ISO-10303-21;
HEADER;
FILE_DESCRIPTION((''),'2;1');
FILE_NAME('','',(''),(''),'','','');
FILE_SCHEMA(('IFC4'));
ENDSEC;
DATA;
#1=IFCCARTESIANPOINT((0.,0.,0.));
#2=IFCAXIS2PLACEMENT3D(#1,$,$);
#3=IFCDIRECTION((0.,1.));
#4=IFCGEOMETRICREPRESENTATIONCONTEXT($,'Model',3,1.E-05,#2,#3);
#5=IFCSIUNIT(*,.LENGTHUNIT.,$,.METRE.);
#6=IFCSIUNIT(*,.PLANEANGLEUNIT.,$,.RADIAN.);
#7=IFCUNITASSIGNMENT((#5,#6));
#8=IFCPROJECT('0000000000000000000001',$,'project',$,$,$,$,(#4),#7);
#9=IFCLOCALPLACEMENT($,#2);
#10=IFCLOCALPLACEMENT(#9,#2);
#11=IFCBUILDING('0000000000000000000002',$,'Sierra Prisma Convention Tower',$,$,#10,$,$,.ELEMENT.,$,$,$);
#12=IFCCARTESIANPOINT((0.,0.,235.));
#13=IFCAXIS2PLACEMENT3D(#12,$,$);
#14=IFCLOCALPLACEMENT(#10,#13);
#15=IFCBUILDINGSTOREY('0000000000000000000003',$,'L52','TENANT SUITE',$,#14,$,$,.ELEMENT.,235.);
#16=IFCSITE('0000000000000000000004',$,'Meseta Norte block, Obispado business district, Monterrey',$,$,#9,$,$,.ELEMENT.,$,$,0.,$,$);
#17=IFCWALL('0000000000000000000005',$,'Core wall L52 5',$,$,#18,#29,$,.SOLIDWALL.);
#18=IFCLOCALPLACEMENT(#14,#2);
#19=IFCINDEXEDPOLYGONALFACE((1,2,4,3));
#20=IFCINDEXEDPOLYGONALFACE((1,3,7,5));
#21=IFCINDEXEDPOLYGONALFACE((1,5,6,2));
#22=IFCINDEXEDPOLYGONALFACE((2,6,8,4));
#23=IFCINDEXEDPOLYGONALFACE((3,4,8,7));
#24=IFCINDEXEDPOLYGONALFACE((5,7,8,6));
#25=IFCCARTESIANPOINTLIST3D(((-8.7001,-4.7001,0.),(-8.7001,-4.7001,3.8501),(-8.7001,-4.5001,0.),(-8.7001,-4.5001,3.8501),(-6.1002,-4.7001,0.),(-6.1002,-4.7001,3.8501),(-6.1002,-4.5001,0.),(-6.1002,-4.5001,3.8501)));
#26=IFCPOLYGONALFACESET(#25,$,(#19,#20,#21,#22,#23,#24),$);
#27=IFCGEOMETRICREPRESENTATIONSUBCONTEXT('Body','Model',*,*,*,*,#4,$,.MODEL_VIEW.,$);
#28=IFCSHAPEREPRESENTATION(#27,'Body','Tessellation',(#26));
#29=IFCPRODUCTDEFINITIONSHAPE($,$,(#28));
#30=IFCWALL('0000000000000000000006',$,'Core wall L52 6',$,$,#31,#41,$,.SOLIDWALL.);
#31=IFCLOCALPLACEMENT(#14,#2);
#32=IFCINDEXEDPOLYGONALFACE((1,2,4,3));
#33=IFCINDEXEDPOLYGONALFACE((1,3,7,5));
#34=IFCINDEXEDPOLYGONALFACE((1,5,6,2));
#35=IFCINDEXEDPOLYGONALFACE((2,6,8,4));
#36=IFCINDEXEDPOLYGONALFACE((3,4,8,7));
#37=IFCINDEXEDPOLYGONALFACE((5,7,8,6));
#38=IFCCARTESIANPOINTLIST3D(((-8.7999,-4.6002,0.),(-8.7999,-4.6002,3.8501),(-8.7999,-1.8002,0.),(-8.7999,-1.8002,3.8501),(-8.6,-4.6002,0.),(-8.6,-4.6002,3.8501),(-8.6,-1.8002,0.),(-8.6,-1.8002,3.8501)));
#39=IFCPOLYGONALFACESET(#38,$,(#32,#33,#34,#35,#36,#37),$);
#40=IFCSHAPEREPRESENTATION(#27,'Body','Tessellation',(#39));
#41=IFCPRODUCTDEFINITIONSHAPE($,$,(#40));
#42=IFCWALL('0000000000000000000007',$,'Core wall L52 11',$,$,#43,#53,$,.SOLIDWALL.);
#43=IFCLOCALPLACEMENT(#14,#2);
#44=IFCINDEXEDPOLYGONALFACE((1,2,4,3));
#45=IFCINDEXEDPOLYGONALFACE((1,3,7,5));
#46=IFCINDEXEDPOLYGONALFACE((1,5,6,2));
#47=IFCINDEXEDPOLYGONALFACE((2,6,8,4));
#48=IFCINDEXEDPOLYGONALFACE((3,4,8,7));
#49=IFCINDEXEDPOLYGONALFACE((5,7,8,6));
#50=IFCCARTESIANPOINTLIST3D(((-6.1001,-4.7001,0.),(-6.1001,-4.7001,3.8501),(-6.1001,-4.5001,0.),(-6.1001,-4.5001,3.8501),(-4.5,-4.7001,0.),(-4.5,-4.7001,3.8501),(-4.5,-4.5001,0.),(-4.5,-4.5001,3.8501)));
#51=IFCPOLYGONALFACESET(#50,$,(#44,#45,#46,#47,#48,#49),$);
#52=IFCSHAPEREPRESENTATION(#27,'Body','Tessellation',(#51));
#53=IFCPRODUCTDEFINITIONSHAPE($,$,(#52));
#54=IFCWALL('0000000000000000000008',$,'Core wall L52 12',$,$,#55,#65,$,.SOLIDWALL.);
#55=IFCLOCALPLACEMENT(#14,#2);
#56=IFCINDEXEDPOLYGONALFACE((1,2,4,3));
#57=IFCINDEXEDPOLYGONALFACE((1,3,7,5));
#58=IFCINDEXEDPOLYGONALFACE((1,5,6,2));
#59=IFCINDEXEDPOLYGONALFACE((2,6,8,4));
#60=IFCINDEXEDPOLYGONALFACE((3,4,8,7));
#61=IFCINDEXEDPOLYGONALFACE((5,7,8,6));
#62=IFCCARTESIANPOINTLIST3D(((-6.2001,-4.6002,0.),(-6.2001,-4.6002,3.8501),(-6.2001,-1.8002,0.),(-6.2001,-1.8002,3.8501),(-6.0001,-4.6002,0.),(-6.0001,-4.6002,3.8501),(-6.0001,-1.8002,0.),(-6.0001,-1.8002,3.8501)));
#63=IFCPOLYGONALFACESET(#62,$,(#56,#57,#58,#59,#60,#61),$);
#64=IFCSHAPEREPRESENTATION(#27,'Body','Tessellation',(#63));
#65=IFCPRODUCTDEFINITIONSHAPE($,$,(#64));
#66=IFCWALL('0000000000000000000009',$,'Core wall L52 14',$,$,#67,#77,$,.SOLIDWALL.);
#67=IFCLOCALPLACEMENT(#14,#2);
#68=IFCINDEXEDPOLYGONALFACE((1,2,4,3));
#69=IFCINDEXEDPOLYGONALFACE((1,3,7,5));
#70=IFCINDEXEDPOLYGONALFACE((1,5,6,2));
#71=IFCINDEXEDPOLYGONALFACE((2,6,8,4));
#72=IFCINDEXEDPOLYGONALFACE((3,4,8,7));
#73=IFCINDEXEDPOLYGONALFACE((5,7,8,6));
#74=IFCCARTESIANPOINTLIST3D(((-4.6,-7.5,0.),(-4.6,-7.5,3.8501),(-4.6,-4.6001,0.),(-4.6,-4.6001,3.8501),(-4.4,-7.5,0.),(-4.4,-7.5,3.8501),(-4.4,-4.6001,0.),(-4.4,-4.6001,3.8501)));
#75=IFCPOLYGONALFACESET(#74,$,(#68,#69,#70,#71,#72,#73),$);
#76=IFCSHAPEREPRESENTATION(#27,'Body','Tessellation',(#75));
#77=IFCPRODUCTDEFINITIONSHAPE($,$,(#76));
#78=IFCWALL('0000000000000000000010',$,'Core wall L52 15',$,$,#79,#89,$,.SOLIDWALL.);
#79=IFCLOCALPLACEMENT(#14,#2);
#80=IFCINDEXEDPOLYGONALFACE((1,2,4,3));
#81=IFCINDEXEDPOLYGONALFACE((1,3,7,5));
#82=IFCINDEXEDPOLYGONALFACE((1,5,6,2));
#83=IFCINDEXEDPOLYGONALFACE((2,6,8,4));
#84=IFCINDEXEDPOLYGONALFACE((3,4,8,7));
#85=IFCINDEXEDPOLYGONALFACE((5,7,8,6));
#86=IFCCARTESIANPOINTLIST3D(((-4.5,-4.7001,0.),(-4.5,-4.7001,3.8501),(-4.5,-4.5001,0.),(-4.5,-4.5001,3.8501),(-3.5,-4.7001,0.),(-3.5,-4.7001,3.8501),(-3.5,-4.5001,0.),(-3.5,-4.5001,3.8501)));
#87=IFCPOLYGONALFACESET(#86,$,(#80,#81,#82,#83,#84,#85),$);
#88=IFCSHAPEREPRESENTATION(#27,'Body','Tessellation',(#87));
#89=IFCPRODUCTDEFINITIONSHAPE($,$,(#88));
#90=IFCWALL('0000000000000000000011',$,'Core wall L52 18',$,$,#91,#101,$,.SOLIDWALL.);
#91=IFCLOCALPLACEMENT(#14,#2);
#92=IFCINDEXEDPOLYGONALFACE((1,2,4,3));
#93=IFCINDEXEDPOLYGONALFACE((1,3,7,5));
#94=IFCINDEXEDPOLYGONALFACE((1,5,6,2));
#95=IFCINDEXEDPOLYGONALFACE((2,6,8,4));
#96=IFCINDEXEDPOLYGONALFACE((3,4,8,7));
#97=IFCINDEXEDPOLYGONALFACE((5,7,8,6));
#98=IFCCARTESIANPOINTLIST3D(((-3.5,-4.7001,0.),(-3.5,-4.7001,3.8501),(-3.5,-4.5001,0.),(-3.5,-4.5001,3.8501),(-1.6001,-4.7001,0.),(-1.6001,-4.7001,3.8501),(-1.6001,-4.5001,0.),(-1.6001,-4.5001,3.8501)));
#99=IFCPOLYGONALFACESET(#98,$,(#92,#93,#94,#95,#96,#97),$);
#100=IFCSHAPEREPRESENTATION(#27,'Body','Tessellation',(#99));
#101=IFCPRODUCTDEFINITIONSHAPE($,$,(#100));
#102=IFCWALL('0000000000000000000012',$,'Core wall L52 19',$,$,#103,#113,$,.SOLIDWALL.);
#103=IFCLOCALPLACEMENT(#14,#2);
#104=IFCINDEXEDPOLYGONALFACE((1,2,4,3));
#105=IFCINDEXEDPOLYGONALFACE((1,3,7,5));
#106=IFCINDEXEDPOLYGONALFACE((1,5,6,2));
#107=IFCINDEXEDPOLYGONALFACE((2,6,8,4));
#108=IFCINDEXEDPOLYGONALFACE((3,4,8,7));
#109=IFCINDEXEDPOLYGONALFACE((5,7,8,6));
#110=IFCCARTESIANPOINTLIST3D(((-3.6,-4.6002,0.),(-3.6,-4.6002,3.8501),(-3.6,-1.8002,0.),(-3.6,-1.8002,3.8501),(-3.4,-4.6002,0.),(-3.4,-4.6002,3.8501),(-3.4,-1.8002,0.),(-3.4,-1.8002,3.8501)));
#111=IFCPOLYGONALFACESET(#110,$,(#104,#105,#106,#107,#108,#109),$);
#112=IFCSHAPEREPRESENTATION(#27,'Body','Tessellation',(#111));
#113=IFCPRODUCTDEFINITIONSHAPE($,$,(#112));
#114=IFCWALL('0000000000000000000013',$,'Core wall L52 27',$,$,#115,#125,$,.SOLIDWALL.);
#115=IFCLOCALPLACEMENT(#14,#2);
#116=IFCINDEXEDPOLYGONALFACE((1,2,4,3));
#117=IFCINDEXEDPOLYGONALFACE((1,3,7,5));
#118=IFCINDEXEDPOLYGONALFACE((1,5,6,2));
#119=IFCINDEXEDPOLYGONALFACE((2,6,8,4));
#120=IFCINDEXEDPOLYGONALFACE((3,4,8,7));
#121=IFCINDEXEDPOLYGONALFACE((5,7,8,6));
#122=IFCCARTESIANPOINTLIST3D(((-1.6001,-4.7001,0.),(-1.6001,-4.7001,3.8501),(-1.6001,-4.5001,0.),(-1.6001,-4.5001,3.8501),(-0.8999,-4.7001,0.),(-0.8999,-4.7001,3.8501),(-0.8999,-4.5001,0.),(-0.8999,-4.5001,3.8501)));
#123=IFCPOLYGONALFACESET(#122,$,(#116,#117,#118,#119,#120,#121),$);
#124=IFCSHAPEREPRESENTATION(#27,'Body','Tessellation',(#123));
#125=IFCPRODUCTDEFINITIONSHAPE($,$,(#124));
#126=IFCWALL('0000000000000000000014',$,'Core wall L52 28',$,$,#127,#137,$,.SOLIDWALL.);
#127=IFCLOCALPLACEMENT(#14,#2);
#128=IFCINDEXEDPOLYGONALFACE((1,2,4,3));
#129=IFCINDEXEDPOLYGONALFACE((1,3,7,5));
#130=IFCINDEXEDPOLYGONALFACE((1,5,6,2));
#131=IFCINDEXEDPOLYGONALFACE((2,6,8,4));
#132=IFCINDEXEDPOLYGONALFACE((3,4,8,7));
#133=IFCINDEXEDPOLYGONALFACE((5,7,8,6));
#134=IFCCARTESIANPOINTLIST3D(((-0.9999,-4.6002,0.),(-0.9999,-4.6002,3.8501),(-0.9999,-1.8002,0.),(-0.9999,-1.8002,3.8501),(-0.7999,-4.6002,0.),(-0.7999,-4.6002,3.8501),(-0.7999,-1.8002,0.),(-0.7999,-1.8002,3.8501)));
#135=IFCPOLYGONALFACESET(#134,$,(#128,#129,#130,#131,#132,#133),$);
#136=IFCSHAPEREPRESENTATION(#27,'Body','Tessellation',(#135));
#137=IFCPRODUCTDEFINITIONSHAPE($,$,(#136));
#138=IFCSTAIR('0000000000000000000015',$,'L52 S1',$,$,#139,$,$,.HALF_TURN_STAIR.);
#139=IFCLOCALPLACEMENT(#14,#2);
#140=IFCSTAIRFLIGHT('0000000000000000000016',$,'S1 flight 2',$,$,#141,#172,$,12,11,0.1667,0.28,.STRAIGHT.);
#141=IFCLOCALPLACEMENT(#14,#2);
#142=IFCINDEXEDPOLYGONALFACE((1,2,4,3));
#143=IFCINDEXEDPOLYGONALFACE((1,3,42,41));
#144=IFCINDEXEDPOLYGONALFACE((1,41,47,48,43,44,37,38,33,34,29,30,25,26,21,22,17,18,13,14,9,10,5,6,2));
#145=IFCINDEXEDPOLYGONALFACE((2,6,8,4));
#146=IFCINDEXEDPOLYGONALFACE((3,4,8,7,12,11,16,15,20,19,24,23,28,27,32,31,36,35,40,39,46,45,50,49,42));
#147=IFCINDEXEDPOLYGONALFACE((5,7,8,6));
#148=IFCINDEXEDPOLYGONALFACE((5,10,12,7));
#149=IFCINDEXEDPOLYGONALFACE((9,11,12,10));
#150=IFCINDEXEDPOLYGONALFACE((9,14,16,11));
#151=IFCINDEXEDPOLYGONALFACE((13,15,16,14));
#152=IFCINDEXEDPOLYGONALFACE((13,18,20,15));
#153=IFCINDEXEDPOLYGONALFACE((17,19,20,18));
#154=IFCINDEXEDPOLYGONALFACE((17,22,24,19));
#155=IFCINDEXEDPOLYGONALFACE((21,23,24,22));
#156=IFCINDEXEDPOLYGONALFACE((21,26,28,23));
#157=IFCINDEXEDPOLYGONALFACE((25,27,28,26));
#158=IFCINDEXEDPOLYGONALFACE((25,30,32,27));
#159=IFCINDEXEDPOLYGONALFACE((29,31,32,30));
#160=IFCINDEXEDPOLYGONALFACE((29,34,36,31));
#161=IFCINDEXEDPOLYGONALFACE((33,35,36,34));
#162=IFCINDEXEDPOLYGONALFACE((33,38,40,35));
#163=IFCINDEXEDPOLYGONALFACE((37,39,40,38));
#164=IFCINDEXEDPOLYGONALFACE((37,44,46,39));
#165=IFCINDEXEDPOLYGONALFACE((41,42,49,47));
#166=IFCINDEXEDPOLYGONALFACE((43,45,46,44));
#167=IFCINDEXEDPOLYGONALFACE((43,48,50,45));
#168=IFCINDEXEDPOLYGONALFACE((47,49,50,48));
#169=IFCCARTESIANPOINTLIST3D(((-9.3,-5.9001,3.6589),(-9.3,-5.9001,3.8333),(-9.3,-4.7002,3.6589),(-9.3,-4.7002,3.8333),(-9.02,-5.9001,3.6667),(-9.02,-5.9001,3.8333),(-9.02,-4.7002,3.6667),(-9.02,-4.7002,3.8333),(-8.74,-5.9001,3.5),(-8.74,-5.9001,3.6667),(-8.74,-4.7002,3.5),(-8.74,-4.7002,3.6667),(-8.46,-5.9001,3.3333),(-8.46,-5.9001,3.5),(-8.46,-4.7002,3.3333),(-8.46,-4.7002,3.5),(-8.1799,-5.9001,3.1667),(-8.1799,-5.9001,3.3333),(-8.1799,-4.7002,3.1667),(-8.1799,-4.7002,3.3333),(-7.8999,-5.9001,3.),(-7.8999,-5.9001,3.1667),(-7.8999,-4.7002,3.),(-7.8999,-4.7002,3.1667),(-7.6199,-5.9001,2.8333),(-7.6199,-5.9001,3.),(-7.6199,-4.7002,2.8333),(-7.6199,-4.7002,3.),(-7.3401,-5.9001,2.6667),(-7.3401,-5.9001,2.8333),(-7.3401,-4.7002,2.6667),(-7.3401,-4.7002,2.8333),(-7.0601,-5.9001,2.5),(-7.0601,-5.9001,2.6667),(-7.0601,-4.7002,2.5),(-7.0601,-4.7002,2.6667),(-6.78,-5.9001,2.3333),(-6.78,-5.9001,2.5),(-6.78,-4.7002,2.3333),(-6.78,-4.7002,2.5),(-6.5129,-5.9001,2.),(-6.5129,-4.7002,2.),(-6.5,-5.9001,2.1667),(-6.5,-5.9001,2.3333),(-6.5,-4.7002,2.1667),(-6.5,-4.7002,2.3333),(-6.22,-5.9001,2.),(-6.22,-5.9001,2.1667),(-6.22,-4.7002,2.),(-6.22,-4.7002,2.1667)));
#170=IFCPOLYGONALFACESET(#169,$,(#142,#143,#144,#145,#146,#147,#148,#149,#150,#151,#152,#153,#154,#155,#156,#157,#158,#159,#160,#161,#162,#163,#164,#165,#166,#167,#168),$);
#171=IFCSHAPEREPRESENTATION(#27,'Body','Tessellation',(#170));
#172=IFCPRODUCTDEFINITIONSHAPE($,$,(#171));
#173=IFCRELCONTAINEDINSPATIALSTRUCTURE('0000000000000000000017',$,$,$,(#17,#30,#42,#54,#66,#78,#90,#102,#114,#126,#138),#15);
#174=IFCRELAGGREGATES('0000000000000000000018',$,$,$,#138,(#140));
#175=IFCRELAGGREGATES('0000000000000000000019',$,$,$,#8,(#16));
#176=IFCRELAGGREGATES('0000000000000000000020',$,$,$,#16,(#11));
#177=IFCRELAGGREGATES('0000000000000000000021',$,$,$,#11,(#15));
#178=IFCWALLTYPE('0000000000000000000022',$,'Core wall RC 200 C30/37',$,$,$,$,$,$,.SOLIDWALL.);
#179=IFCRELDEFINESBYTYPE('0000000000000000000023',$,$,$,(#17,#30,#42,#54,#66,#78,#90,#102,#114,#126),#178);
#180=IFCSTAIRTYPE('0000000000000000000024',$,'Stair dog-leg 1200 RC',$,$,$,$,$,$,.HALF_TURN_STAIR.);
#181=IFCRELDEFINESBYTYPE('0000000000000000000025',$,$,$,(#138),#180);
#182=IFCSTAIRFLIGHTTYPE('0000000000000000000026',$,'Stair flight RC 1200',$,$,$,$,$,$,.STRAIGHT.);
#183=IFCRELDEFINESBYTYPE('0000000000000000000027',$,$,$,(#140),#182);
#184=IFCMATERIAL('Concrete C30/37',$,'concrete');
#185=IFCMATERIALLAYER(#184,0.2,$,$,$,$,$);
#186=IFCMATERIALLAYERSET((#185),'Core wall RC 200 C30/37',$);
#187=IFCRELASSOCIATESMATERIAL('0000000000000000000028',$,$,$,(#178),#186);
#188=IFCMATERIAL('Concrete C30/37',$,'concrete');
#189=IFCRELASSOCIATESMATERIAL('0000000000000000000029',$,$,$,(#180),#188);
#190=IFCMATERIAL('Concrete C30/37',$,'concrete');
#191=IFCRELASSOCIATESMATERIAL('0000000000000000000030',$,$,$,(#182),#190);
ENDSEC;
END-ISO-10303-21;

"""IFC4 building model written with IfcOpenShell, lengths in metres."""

from ifc_helpers import new_model, si_unit, direction, frame, frame_2d, origin, place, context, subcontext, project, spatial, polyline, rectangle, outline, extrude, material, layer, layer_set, type_object, element, aggregate, save


model = new_model("IFC4")

# Units and contexts
model_context = context("Model", 3, precision=1e-05, world=origin(), true_north=direction((0.0, 1.0)))
body_context = subcontext(model_context, "Body", "Model", "MODEL_VIEW")
ifc_project = project(units=[si_unit("LENGTHUNIT", "METRE"), si_unit("PLANEANGLEUNIT", "RADIAN")], contexts=[model_context])

# Site, building, storey
site_placement = place(None, origin())
site = spatial("IfcSite", under=ifc_project, at=site_placement, Name="Meseta Norte block, Obispado business district, Monterrey", CompositionType="ELEMENT", RefElevation=0.0)
building_placement = place(site_placement, origin())
building = spatial("IfcBuilding", under=site, at=building_placement, Name="Sierra Prisma Convention Tower", CompositionType="ELEMENT")
storey_placement = place(building_placement, frame((0.0, 0.0, 235.0)))
storey = spatial("IfcBuildingStorey", under=building, at=storey_placement, Name="L52", Description="TENANT SUITE", CompositionType="ELEMENT", Elevation=235.0)

# Shared definitions
ifc_material_1 = material(Name="Concrete C30/37", Category="concrete")
ifc_layer = layer(ifc_material_1, 0.2)
ifc_layer_set = layer_set([ifc_layer], Name="Core wall RC 200 C30/37")
wall_type = type_object("IfcWallType", Name="Core wall RC 200 C30/37", PredefinedType="SOLIDWALL", material=ifc_layer_set)

# Walls
wall_1_placement = place(storey_placement, frame((-8.7, -4.6001, 0.0), z_axis=(0.0, 0.0, 1.0), x_axis=(1.0, 0.0, 0.0)))
element("IfcWall", 1, at=wall_1_placement, inside=storey, type_object=wall_type, Name="Core wall L52 5", PredefinedType="SOLIDWALL", context=body_context, shape_type="SweptSolid", body=[
    extrude(rectangle(XDim=2.5999, YDim=0.2, at=frame_2d((1.2998, 0.0))), origin(), (0.0, 0.0, 1.0), 3.8501),
])
wall_2_placement = place(storey_placement, frame((-8.7, -4.6001, 0.0), z_axis=(0.0, 0.0, 1.0), x_axis=(0.0, 1.0, 0.0)))
element("IfcWall", 2, at=wall_2_placement, inside=storey, type_object=wall_type, Name="Core wall L52 6", PredefinedType="SOLIDWALL", context=body_context, shape_type="SweptSolid", body=[
    extrude(rectangle(XDim=2.8, YDim=0.2, at=frame_2d((1.3999, 0.0))), origin(), (0.0, 0.0, 1.0), 3.8501),
])
wall_3_placement = place(storey_placement, frame((-6.1001, -4.6001, 0.0), z_axis=(0.0, 0.0, 1.0), x_axis=(1.0, 0.0, 0.0)))
element("IfcWall", 3, at=wall_3_placement, inside=storey, type_object=wall_type, Name="Core wall L52 11", PredefinedType="SOLIDWALL", context=body_context, shape_type="SweptSolid", body=[
    extrude(rectangle(XDim=1.6001, YDim=0.2, at=frame_2d((0.8, 0.0))), origin(), (0.0, 0.0, 1.0), 3.8501),
])
wall_4_placement = place(storey_placement, frame((-6.1001, -4.6001, 0.0), z_axis=(0.0, 0.0, 1.0), x_axis=(0.0, 1.0, 0.0)))
element("IfcWall", 4, at=wall_4_placement, inside=storey, type_object=wall_type, Name="Core wall L52 12", PredefinedType="SOLIDWALL", context=body_context, shape_type="SweptSolid", body=[
    extrude(rectangle(XDim=2.8, YDim=0.2, at=frame_2d((1.3999, 0.0))), origin(), (0.0, 0.0, 1.0), 3.8501),
])
wall_5_placement = place(storey_placement, frame((-4.5, -4.6001, 0.0), z_axis=(0.0, 0.0, 1.0), x_axis=(0.0, -1.0, 0.0)))
element("IfcWall", 5, at=wall_5_placement, inside=storey, type_object=wall_type, Name="Core wall L52 14", PredefinedType="SOLIDWALL", context=body_context, shape_type="SweptSolid", body=[
    extrude(rectangle(XDim=2.8999, YDim=0.2, at=frame_2d((1.45, 0.0))), origin(), (0.0, 0.0, 1.0), 3.8501),
])
wall_6_placement = place(storey_placement, frame((-4.5, -4.6001, 0.0), z_axis=(0.0, 0.0, 1.0), x_axis=(1.0, 0.0, 0.0)))
element("IfcWall", 6, at=wall_6_placement, inside=storey, type_object=wall_type, Name="Core wall L52 15", PredefinedType="SOLIDWALL", context=body_context, shape_type="SweptSolid", body=[
    extrude(rectangle(XDim=1.0, YDim=0.2, at=frame_2d((0.5, 0.0))), origin(), (0.0, 0.0, 1.0), 3.8501),
])
wall_7_placement = place(storey_placement, frame((-3.5, -4.6001, 0.0), z_axis=(0.0, 0.0, 1.0), x_axis=(1.0, 0.0, 0.0)))
element("IfcWall", 7, at=wall_7_placement, inside=storey, type_object=wall_type, Name="Core wall L52 18", PredefinedType="SOLIDWALL", context=body_context, shape_type="SweptSolid", body=[
    extrude(rectangle(XDim=1.8999, YDim=0.2, at=frame_2d((0.95, 0.0))), origin(), (0.0, 0.0, 1.0), 3.8501),
])
wall_8_placement = place(storey_placement, frame((-3.5, -4.6001, 0.0), z_axis=(0.0, 0.0, 1.0), x_axis=(0.0, 1.0, 0.0)))
element("IfcWall", 8, at=wall_8_placement, inside=storey, type_object=wall_type, Name="Core wall L52 19", PredefinedType="SOLIDWALL", context=body_context, shape_type="SweptSolid", body=[
    extrude(rectangle(XDim=2.8, YDim=0.2, at=frame_2d((1.3999, 0.0))), origin(), (0.0, 0.0, 1.0), 3.8501),
])
wall_9_placement = place(storey_placement, frame((-1.6001, -4.6001, 0.0), z_axis=(0.0, 0.0, 1.0), x_axis=(1.0, 0.0, 0.0)))
element("IfcWall", 9, at=wall_9_placement, inside=storey, type_object=wall_type, Name="Core wall L52 27", PredefinedType="SOLIDWALL", context=body_context, shape_type="SweptSolid", body=[
    extrude(rectangle(XDim=0.7002, YDim=0.2, at=frame_2d((0.3501, 0.0))), origin(), (0.0, 0.0, 1.0), 3.8501),
])
wall_10_placement = place(storey_placement, frame((-0.8999, -4.6001, 0.0), z_axis=(0.0, 0.0, 1.0), x_axis=(0.0, 1.0, 0.0)))
element("IfcWall", 10, at=wall_10_placement, inside=storey, type_object=wall_type, Name="Core wall L52 28", PredefinedType="SOLIDWALL", context=body_context, shape_type="SweptSolid", body=[
    extrude(rectangle(XDim=2.8, YDim=0.2, at=frame_2d((1.3999, 0.0))), origin(), (0.0, 0.0, 1.0), 3.8501),
])

# Stair, stair flight
ifc_material_2 = material(Name="Concrete C30/37", Category="concrete")
stair_type = type_object("IfcStairType", Name="Stair dog-leg 1200 RC", PredefinedType="HALF_TURN_STAIR", material=ifc_material_2)
stair_placement = place(storey_placement, origin())
stair = element("IfcStair", 11, at=stair_placement, inside=storey, type_object=stair_type, Name="L52 S1", PredefinedType="HALF_TURN_STAIR")
ifc_material_3 = material(Name="Concrete C30/37", Category="concrete")
stair_flight_type = type_object("IfcStairFlightType", Name="Stair flight RC 1200", PredefinedType="STRAIGHT", material=ifc_material_3)
stair_flight_placement = place(storey_placement, frame((-6.22, -5.3, 2.0), z_axis=(0.0, 0.0, 1.0), x_axis=(-1.0, 0.0, 0.0)))
stair_flight = element("IfcStairFlight", 12, at=stair_flight_placement, type_object=stair_flight_type, Name="S1 flight 2", NumberOfRisers=12, NumberOfTreads=11, PredefinedType="STRAIGHT", RiserHeight=0.1667, TreadLength=0.28, context=body_context, shape_type="SweptSolid", body=[
    extrude(outline(polyline([(0.0, 0.0), (0.0, 0.1667), (0.28, 0.1667), (0.28, 0.3333), (0.5601, 0.3333), (0.5601, 0.5), (0.8401, 0.5), (0.8401, 0.6667), (1.1201, 0.6667), (1.1201, 0.8333), (1.3999, 0.8333), (1.3999, 1.0), (1.6799, 1.0), (1.6799, 1.1667), (1.96, 1.1667), (1.96, 1.3333), (2.24, 1.3333), (2.24, 1.5), (2.52, 1.5), (2.52, 1.6667), (2.8, 1.6667), (2.8, 1.8333), (3.0801, 1.8333), (3.0801, 2.0), (3.0801, 1.6589), (0.293, 0.0), (0.0, 0.0)])), frame((0.0, 0.6001, 0.0), z_axis=(0.0, -1.0, 0.0), x_axis=(1.0, 0.0, 0.0)), (0.0, 0.0, 1.0), 1.2),
])
aggregate(stair, [stair_flight])

save(model, "model.ifc")
